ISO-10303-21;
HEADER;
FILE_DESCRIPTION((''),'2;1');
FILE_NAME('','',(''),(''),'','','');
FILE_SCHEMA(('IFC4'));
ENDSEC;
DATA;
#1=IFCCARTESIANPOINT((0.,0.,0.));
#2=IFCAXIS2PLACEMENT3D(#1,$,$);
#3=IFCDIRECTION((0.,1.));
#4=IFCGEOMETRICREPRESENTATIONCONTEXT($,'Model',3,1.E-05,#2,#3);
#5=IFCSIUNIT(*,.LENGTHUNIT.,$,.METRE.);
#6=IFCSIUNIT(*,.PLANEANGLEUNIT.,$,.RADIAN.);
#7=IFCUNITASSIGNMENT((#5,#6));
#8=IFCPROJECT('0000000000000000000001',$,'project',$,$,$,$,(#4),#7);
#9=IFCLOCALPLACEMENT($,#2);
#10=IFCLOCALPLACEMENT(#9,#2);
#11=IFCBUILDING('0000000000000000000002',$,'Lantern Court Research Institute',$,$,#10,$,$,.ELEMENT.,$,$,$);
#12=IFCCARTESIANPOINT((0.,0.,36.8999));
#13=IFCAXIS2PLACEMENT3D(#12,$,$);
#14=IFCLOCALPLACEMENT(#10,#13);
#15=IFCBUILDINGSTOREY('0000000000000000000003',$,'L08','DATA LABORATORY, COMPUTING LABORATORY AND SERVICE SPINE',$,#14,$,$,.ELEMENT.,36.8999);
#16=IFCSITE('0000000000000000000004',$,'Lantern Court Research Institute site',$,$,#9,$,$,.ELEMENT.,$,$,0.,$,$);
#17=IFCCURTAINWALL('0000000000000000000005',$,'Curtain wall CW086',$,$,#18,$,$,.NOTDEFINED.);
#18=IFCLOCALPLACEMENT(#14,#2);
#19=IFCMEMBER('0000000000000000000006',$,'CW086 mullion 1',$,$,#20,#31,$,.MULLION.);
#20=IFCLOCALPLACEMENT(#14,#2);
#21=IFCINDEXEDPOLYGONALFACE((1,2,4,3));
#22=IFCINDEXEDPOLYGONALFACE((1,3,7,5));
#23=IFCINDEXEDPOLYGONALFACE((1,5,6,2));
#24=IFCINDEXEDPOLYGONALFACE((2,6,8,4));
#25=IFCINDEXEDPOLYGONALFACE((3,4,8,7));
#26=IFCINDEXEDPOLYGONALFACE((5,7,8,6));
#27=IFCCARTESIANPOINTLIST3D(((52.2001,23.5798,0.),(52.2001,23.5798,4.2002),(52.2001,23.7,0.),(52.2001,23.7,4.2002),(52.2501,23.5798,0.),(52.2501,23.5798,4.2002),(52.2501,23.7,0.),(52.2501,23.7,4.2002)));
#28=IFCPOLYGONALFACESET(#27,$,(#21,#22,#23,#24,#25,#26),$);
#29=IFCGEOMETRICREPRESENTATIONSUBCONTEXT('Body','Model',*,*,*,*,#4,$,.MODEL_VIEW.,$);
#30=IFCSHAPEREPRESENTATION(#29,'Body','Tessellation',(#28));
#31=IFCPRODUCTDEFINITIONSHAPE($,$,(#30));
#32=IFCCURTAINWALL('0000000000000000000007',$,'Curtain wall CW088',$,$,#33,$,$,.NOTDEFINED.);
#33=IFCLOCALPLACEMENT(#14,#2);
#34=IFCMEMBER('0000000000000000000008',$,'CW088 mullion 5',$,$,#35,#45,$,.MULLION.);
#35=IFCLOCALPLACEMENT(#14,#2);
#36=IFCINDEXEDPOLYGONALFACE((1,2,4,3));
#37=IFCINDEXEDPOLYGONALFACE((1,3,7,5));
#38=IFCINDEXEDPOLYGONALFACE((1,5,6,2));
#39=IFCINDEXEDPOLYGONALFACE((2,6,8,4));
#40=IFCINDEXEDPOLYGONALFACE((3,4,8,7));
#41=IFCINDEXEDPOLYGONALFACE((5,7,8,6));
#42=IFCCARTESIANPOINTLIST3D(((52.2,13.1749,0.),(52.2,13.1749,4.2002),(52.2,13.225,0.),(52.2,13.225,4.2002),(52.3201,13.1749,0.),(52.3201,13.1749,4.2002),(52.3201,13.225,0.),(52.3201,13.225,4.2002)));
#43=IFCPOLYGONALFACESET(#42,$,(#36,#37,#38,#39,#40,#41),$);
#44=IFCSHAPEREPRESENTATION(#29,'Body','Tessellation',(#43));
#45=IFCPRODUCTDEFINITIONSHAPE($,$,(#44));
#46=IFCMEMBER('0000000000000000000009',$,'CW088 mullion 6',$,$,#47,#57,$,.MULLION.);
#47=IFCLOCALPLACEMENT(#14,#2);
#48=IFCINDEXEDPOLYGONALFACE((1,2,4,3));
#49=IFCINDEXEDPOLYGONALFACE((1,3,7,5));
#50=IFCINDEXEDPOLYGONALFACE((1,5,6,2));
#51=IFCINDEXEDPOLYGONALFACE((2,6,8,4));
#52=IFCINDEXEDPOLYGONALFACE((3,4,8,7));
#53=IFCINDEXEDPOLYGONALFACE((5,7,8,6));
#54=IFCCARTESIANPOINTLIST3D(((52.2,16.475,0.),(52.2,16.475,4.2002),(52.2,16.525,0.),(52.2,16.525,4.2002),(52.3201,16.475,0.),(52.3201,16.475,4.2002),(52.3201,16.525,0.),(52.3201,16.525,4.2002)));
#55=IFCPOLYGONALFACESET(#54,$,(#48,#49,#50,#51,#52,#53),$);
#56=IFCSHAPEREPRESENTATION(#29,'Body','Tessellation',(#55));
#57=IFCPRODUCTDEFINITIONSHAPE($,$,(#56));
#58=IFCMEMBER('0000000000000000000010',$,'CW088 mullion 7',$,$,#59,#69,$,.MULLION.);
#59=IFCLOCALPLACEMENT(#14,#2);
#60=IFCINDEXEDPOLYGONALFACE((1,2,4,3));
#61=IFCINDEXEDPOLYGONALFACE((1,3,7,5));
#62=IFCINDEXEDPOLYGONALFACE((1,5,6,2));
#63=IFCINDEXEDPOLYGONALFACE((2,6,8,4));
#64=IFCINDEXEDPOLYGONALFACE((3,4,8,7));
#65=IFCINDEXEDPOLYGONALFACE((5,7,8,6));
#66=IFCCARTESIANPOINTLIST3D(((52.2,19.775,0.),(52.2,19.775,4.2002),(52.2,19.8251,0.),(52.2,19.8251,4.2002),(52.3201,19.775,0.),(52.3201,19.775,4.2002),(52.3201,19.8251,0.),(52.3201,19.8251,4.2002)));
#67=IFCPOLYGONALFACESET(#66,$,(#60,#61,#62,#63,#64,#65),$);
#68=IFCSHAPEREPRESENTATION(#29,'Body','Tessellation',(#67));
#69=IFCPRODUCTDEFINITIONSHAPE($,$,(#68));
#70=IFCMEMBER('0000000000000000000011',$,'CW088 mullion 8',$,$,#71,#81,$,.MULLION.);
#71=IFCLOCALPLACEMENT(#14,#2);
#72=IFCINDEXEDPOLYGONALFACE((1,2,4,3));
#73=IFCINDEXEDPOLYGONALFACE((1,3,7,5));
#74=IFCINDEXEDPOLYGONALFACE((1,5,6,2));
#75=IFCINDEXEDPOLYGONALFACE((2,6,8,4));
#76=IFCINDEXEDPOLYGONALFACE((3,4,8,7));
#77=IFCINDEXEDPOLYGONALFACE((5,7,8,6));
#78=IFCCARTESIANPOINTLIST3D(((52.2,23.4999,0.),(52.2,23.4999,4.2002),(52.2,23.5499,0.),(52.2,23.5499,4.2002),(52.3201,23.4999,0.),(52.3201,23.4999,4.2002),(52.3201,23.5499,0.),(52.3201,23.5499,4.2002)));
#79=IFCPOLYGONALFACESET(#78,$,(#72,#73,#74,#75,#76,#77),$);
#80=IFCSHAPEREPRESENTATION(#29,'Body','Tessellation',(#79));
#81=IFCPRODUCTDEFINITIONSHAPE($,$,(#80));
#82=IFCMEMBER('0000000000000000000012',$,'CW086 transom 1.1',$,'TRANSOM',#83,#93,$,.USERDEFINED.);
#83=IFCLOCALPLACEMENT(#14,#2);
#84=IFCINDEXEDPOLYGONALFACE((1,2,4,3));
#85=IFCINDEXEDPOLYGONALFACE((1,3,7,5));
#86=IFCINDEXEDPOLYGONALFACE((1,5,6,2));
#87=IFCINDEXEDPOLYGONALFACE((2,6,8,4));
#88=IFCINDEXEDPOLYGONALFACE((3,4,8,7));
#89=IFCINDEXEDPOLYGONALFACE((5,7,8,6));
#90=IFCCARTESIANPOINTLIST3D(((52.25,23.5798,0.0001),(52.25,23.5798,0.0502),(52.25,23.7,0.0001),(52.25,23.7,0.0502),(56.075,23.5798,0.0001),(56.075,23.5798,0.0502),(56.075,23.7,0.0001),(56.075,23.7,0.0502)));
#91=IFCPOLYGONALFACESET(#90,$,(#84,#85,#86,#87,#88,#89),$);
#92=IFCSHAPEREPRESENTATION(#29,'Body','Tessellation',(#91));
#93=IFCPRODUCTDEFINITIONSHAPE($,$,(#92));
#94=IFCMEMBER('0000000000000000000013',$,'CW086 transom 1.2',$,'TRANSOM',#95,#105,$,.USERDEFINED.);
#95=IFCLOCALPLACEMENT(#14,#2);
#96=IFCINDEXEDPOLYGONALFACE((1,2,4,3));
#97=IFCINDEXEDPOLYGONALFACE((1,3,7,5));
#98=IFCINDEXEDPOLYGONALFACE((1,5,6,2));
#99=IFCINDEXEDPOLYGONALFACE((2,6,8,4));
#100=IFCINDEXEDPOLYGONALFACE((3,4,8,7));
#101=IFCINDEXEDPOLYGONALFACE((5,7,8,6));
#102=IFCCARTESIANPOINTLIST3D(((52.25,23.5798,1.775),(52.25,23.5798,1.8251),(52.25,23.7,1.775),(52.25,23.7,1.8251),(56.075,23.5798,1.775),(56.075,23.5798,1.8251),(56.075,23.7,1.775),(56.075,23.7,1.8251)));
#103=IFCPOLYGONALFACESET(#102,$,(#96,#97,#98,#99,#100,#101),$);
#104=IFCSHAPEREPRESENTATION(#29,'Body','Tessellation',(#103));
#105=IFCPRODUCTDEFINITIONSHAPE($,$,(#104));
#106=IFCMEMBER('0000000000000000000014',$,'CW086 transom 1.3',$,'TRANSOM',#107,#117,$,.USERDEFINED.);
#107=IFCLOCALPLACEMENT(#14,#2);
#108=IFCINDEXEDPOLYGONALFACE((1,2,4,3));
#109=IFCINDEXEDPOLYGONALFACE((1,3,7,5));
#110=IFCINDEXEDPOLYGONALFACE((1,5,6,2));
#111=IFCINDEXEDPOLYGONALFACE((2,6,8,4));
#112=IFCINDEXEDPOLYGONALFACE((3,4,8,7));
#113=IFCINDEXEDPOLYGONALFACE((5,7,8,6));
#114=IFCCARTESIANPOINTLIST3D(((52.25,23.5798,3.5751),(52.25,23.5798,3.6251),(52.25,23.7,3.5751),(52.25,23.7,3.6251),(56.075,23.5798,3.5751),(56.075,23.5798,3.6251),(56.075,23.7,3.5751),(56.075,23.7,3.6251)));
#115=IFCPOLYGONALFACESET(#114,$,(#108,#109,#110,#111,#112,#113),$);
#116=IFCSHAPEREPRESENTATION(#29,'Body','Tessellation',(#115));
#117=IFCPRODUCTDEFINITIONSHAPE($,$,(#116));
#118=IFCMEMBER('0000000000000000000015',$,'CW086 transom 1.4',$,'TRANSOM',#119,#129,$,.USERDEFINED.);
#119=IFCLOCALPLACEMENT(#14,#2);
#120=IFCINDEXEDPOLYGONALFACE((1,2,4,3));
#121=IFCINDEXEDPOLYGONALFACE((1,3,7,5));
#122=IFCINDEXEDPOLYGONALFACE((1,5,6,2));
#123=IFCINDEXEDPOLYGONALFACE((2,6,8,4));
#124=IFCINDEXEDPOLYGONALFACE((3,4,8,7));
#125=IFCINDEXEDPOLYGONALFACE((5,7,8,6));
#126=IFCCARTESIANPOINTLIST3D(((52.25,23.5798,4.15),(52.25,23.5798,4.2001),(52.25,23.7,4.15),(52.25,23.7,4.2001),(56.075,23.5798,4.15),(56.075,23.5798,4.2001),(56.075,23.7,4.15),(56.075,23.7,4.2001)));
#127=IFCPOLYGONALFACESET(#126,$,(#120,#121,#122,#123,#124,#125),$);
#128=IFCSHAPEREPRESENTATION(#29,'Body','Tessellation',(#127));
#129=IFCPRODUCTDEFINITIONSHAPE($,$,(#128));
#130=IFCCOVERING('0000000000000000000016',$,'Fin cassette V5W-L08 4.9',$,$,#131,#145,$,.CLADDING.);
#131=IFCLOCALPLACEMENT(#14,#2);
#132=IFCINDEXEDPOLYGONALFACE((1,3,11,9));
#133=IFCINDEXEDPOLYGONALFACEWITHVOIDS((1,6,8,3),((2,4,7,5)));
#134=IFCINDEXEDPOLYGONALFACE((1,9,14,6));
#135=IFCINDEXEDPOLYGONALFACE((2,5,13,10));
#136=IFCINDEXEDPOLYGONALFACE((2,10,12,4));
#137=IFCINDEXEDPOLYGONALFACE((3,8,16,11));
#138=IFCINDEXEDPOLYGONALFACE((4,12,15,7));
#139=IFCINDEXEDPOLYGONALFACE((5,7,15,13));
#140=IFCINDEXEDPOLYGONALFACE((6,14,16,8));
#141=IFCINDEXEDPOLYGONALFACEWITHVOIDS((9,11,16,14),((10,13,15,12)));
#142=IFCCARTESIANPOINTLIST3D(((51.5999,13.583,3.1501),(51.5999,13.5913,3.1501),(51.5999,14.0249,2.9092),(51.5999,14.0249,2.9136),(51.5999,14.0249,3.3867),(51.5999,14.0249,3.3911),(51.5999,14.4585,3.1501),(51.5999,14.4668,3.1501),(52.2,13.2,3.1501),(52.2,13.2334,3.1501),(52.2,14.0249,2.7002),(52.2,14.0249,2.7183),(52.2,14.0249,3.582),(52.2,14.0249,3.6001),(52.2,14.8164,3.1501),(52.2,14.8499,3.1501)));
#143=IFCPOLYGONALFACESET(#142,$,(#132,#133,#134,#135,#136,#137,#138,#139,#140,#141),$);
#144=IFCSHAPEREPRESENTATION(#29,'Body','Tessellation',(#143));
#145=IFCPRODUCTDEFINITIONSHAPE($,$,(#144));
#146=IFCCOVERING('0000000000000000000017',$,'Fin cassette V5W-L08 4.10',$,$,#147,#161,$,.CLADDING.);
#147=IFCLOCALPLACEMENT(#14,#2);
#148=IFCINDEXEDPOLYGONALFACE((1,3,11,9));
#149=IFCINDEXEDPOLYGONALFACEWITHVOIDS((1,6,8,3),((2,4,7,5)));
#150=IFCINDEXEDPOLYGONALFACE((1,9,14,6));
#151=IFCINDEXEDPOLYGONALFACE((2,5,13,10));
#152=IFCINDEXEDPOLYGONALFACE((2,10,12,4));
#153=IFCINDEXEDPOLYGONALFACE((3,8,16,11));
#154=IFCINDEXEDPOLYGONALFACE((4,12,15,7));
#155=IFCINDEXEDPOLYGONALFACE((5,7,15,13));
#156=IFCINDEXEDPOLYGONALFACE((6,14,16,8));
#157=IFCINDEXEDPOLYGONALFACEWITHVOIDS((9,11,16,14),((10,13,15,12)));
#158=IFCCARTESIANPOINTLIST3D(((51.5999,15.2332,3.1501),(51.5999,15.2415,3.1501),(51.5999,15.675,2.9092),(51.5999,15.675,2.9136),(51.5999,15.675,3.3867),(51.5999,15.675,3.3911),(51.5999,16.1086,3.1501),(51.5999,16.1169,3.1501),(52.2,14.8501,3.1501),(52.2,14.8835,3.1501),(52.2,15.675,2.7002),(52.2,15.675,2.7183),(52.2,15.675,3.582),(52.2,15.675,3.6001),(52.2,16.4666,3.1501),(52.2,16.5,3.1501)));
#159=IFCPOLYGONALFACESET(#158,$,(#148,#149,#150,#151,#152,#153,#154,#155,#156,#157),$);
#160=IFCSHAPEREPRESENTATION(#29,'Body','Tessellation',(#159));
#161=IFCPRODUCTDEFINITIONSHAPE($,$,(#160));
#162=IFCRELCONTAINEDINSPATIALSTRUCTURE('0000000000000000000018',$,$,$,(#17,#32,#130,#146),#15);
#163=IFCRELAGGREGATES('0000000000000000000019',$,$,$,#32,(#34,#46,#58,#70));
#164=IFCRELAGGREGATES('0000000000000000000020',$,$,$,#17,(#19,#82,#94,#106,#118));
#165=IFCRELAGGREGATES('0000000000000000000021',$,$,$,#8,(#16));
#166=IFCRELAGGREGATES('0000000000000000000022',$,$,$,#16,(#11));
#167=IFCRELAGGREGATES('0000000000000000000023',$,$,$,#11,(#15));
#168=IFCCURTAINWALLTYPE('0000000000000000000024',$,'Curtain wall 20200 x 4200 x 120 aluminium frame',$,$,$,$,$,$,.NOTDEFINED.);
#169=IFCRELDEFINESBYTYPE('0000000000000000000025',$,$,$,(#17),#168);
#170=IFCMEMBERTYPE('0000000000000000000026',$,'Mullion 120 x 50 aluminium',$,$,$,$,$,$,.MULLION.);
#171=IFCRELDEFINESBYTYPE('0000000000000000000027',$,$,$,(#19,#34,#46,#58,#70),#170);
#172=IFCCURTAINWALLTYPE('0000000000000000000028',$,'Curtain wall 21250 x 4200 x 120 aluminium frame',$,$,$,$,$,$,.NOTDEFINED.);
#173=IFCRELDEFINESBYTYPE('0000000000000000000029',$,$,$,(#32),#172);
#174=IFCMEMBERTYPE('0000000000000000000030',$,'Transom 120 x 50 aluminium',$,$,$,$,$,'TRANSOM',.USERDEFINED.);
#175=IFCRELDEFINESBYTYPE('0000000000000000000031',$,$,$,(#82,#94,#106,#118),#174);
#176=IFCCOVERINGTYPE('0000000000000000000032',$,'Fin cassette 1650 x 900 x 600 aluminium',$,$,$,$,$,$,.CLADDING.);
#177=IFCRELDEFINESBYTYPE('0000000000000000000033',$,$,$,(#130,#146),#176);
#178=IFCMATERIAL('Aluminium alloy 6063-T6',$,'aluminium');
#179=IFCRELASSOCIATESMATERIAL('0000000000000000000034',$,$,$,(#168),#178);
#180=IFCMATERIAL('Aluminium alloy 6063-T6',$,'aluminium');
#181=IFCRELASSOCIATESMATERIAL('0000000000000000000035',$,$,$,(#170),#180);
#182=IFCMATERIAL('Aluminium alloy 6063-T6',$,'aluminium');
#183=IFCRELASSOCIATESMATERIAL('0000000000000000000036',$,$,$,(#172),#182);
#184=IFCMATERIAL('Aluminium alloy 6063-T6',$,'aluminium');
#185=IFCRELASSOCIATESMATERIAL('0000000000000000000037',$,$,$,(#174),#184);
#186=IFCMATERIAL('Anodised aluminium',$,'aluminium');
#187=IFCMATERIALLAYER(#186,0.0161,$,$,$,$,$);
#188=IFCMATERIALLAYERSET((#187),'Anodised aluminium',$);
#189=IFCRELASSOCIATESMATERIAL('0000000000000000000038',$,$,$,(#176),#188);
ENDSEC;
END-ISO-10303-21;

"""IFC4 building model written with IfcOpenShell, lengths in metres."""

from ifc_helpers import new_model, entity, si_unit, direction, frame, origin, origin_2d, place, context, subcontext, project, spatial, rectangle, extrude, material, layer, layer_set, material_profile, profile_set, type_object, element, aggregate, save


model = new_model("IFC4")

# Units and contexts
model_context = context("Model", 3, precision=1e-05, world=origin(), true_north=direction((0.0, 1.0)))
body_context = subcontext(model_context, "Body", "Model", "MODEL_VIEW")
ifc_project = project(units=[si_unit("LENGTHUNIT", "METRE"), si_unit("PLANEANGLEUNIT", "RADIAN")], contexts=[model_context])

# Site, building, storey
site_placement = place(None, origin())
site = spatial("IfcSite", under=ifc_project, at=site_placement, Name="Lantern Court Research Institute site", CompositionType="ELEMENT", RefElevation=0.0)
building_placement = place(site_placement, origin())
building = spatial("IfcBuilding", under=site, at=building_placement, Name="Lantern Court Research Institute", CompositionType="ELEMENT")
storey_placement = place(building_placement, frame((0.0, 0.0, 36.8999)))
storey = spatial("IfcBuildingStorey", under=building, at=storey_placement, Name="L08", Description="DATA LABORATORY, COMPUTING LABORATORY AND SERVICE SPINE", CompositionType="ELEMENT", Elevation=36.8999)

# Curtain wall, member
ifc_material_1 = material(Name="Aluminium alloy 6063-T6", Category="aluminium")
curtain_wall_type_1 = type_object("IfcCurtainWallType", Name="Curtain wall 20200 x 4200 x 120 aluminium frame", PredefinedType="NOTDEFINED", material=ifc_material_1)
curtain_wall_1_placement = place(storey_placement, origin())
curtain_wall_1 = element("IfcCurtainWall", 1, at=curtain_wall_1_placement, inside=storey, type_object=curtain_wall_type_1, Name="Curtain wall CW086", PredefinedType="NOTDEFINED")
ifc_material_2 = material(Name="Aluminium alloy 6063-T6", Category="aluminium")
ifc_material_profile_1 = material_profile(ifc_material_2, rectangle(XDim=0.1201, YDim=0.05, at=origin_2d()), Name="Mullion 120 x 50")
ifc_profile_set_1 = profile_set([ifc_material_profile_1], Name="Aluminium alloy 6063-T6")
member_type_1 = type_object("IfcMemberType", Name="Mullion 120 x 50 aluminium", PredefinedType="MULLION", material=ifc_profile_set_1)
member_1_placement = place(storey_placement, frame((52.2251, 23.6399, 0.0), z_axis=(0.0, 0.0, 1.0), x_axis=(0.0, 1.0, 0.0)))
member_1 = element("IfcMember", 2, at=member_1_placement, type_object=member_type_1, Name="CW086 mullion 1", PredefinedType="MULLION", context=body_context, shape_type="SweptSolid", body=[
    extrude(rectangle(XDim=0.1201, YDim=0.05, at=origin_2d()), origin(), (0.0, 0.0, 1.0), 4.2002),
])

# Curtain wall, members
ifc_material_3 = material(Name="Aluminium alloy 6063-T6", Category="aluminium")
curtain_wall_type_2 = type_object("IfcCurtainWallType", Name="Curtain wall 21250 x 4200 x 120 aluminium frame", PredefinedType="NOTDEFINED", material=ifc_material_3)
curtain_wall_2_placement = place(storey_placement, origin())
curtain_wall_2 = element("IfcCurtainWall", 3, at=curtain_wall_2_placement, inside=storey, type_object=curtain_wall_type_2, Name="Curtain wall CW088", PredefinedType="NOTDEFINED")
member_2_placement = place(storey_placement, frame((52.26, 13.2, 0.0), z_axis=(0.0, 0.0, 1.0), x_axis=(-1.0, 0.0, 0.0)))
member_2 = element("IfcMember", 4, at=member_2_placement, type_object=member_type_1, Name="CW088 mullion 5", PredefinedType="MULLION", context=body_context, shape_type="SweptSolid", body=[
    extrude(rectangle(XDim=0.1201, YDim=0.05, at=origin_2d()), origin(), (0.0, 0.0, 1.0), 4.2002),
])
member_3_placement = place(storey_placement, frame((52.26, 16.5, 0.0), z_axis=(0.0, 0.0, 1.0), x_axis=(-1.0, 0.0, 0.0)))
member_3 = element("IfcMember", 5, at=member_3_placement, type_object=member_type_1, Name="CW088 mullion 6", PredefinedType="MULLION", context=body_context, shape_type="SweptSolid", body=[
    extrude(rectangle(XDim=0.1201, YDim=0.05, at=origin_2d()), origin(), (0.0, 0.0, 1.0), 4.2002),
])
member_4_placement = place(storey_placement, frame((52.26, 19.8, 0.0), z_axis=(0.0, 0.0, 1.0), x_axis=(-1.0, 0.0, 0.0)))
member_4 = element("IfcMember", 6, at=member_4_placement, type_object=member_type_1, Name="CW088 mullion 7", PredefinedType="MULLION", context=body_context, shape_type="SweptSolid", body=[
    extrude(rectangle(XDim=0.1201, YDim=0.05, at=origin_2d()), origin(), (0.0, 0.0, 1.0), 4.2002),
])
member_5_placement = place(storey_placement, frame((52.26, 23.5249, 0.0), z_axis=(0.0, 0.0, 1.0), x_axis=(-1.0, 0.0, 0.0)))
member_5 = element("IfcMember", 7, at=member_5_placement, type_object=member_type_1, Name="CW088 mullion 8", PredefinedType="MULLION", context=body_context, shape_type="SweptSolid", body=[
    extrude(rectangle(XDim=0.1201, YDim=0.05, at=origin_2d()), origin(), (0.0, 0.0, 1.0), 4.2002),
])
aggregate(curtain_wall_2, [member_2, member_3, member_4, member_5])

# Members
ifc_material_4 = material(Name="Aluminium alloy 6063-T6", Category="aluminium")
ifc_material_profile_2 = material_profile(ifc_material_4, rectangle(XDim=0.1201, YDim=0.05, at=origin_2d()), Name="Transom 120 x 50")
ifc_profile_set_2 = profile_set([ifc_material_profile_2], Name="Aluminium alloy 6063-T6")
member_type_2 = type_object("IfcMemberType", Name="Transom 120 x 50 aluminium", ElementType="TRANSOM", PredefinedType="USERDEFINED", material=ifc_profile_set_2)
member_6_placement = place(storey_placement, frame((52.25, 23.6399, 0.0251), z_axis=(1.0, 0.0, 0.0), x_axis=(0.0, 1.0, 0.0)))
member_6 = element("IfcMember", 8, at=member_6_placement, type_object=member_type_2, Name="CW086 transom 1.1", ObjectType="TRANSOM", PredefinedType="USERDEFINED", context=body_context, shape_type="SweptSolid", body=[
    extrude(rectangle(XDim=0.1201, YDim=0.05, at=origin_2d()), origin(), (0.0, 0.0, 1.0), 3.825),
])
member_7_placement = place(storey_placement, frame((52.25, 23.6399, 1.8), z_axis=(1.0, 0.0, 0.0), x_axis=(0.0, 1.0, 0.0)))
member_7 = element("IfcMember", 9, at=member_7_placement, type_object=member_type_2, Name="CW086 transom 1.2", ObjectType="TRANSOM", PredefinedType="USERDEFINED", context=body_context, shape_type="SweptSolid", body=[
    extrude(rectangle(XDim=0.1201, YDim=0.05, at=origin_2d()), origin(), (0.0, 0.0, 1.0), 3.825),
])
member_8_placement = place(storey_placement, frame((52.25, 23.6399, 3.6001), z_axis=(1.0, 0.0, 0.0), x_axis=(0.0, 1.0, 0.0)))
member_8 = element("IfcMember", 10, at=member_8_placement, type_object=member_type_2, Name="CW086 transom 1.3", ObjectType="TRANSOM", PredefinedType="USERDEFINED", context=body_context, shape_type="SweptSolid", body=[
    extrude(rectangle(XDim=0.1201, YDim=0.05, at=origin_2d()), origin(), (0.0, 0.0, 1.0), 3.825),
])
member_9_placement = place(storey_placement, frame((52.25, 23.6399, 4.175), z_axis=(1.0, 0.0, 0.0), x_axis=(0.0, 1.0, 0.0)))
member_9 = element("IfcMember", 11, at=member_9_placement, type_object=member_type_2, Name="CW086 transom 1.4", ObjectType="TRANSOM", PredefinedType="USERDEFINED", context=body_context, shape_type="SweptSolid", body=[
    extrude(rectangle(XDim=0.1201, YDim=0.05, at=origin_2d()), origin(), (0.0, 0.0, 1.0), 3.825),
])
aggregate(curtain_wall_1, [member_1, member_6, member_7, member_8, member_9])

# Coverings
ifc_material_5 = material(Name="Anodised aluminium", Category="aluminium")
ifc_layer = layer(ifc_material_5, 0.0161)
ifc_layer_set = layer_set([ifc_layer], Name="Anodised aluminium")
covering_type = type_object("IfcCoveringType", Name="Fin cassette 1650 x 900 x 600 aluminium", PredefinedType="CLADDING", material=ifc_layer_set)
covering_1_placement = place(storey_placement, frame((52.2, 14.0249, 3.1501), z_axis=(-1.0, 0.0, 0.0), x_axis=(0.0, -1.0, 0.0)))
cartesian_point_1 = entity("IfcCartesianPoint", [0.825, 0.0])
cartesian_point_2 = entity("IfcCartesianPoint", [0.7915, 0.0])
cartesian_point_3 = entity("IfcCartesianPoint", [0.4419, 0.0])
cartesian_point_4 = entity("IfcCartesianPoint", [0.4336, 0.0])
element("IfcCovering", 12, at=covering_1_placement, inside=storey, type_object=covering_type, Name="Fin cassette V5W-L08 4.9", PredefinedType="CLADDING", context=body_context, shape_type="SweptSolid", body=[
    entity("IfcExtrudedAreaSolidTapered", entity("IfcArbitraryProfileDefWithVoids", "AREA", None, entity("IfcPolyline", [cartesian_point_1, entity("IfcCartesianPoint", [0.0, 0.45]), entity("IfcCartesianPoint", [-0.825, 0.0]), entity("IfcCartesianPoint", [0.0, -0.45]), cartesian_point_1]), [entity("IfcPolyline", [cartesian_point_2, entity("IfcCartesianPoint", [0.0, 0.4319]), entity("IfcCartesianPoint", [-0.7915, 0.0]), entity("IfcCartesianPoint", [0.0, -0.4319]), cartesian_point_2])]), entity("IfcAxis2Placement3D", entity("IfcCartesianPoint", [0.0, 0.0, 0.0])), entity("IfcDirection", [0.0, 0.0, 1.0]), 0.6001, entity("IfcArbitraryProfileDefWithVoids", "AREA", None, entity("IfcPolyline", [cartesian_point_3, entity("IfcCartesianPoint", [0.0, 0.241]), entity("IfcCartesianPoint", [-0.4419, 0.0]), entity("IfcCartesianPoint", [0.0, -0.241]), cartesian_point_3]), [entity("IfcPolyline", [cartesian_point_4, entity("IfcCartesianPoint", [0.0, 0.2366]), entity("IfcCartesianPoint", [-0.4336, 0.0]), entity("IfcCartesianPoint", [0.0, -0.2366]), cartesian_point_4])])),
])
covering_2_placement = place(storey_placement, frame((52.2, 15.675, 3.1501), z_axis=(-1.0, 0.0, 0.0), x_axis=(0.0, -1.0, 0.0)))
cartesian_point_5 = entity("IfcCartesianPoint", [0.825, 0.0])
cartesian_point_6 = entity("IfcCartesianPoint", [0.7915, 0.0])
cartesian_point_7 = entity("IfcCartesianPoint", [0.4419, 0.0])
cartesian_point_8 = entity("IfcCartesianPoint", [0.4336, 0.0])
element("IfcCovering", 13, at=covering_2_placement, inside=storey, type_object=covering_type, Name="Fin cassette V5W-L08 4.10", PredefinedType="CLADDING", context=body_context, shape_type="SweptSolid", body=[
    entity("IfcExtrudedAreaSolidTapered", entity("IfcArbitraryProfileDefWithVoids", "AREA", None, entity("IfcPolyline", [cartesian_point_5, entity("IfcCartesianPoint", [0.0, 0.45]), entity("IfcCartesianPoint", [-0.825, 0.0]), entity("IfcCartesianPoint", [0.0, -0.45]), cartesian_point_5]), [entity("IfcPolyline", [cartesian_point_6, entity("IfcCartesianPoint", [0.0, 0.4319]), entity("IfcCartesianPoint", [-0.7915, 0.0]), entity("IfcCartesianPoint", [0.0, -0.4319]), cartesian_point_6])]), entity("IfcAxis2Placement3D", entity("IfcCartesianPoint", [0.0, 0.0, 0.0])), entity("IfcDirection", [0.0, 0.0, 1.0]), 0.6001, entity("IfcArbitraryProfileDefWithVoids", "AREA", None, entity("IfcPolyline", [cartesian_point_7, entity("IfcCartesianPoint", [0.0, 0.241]), entity("IfcCartesianPoint", [-0.4419, 0.0]), entity("IfcCartesianPoint", [0.0, -0.241]), cartesian_point_7]), [entity("IfcPolyline", [cartesian_point_8, entity("IfcCartesianPoint", [0.0, 0.2366]), entity("IfcCartesianPoint", [-0.4336, 0.0]), entity("IfcCartesianPoint", [0.0, -0.2366]), cartesian_point_8])])),
])

save(model, "model.ifc")
